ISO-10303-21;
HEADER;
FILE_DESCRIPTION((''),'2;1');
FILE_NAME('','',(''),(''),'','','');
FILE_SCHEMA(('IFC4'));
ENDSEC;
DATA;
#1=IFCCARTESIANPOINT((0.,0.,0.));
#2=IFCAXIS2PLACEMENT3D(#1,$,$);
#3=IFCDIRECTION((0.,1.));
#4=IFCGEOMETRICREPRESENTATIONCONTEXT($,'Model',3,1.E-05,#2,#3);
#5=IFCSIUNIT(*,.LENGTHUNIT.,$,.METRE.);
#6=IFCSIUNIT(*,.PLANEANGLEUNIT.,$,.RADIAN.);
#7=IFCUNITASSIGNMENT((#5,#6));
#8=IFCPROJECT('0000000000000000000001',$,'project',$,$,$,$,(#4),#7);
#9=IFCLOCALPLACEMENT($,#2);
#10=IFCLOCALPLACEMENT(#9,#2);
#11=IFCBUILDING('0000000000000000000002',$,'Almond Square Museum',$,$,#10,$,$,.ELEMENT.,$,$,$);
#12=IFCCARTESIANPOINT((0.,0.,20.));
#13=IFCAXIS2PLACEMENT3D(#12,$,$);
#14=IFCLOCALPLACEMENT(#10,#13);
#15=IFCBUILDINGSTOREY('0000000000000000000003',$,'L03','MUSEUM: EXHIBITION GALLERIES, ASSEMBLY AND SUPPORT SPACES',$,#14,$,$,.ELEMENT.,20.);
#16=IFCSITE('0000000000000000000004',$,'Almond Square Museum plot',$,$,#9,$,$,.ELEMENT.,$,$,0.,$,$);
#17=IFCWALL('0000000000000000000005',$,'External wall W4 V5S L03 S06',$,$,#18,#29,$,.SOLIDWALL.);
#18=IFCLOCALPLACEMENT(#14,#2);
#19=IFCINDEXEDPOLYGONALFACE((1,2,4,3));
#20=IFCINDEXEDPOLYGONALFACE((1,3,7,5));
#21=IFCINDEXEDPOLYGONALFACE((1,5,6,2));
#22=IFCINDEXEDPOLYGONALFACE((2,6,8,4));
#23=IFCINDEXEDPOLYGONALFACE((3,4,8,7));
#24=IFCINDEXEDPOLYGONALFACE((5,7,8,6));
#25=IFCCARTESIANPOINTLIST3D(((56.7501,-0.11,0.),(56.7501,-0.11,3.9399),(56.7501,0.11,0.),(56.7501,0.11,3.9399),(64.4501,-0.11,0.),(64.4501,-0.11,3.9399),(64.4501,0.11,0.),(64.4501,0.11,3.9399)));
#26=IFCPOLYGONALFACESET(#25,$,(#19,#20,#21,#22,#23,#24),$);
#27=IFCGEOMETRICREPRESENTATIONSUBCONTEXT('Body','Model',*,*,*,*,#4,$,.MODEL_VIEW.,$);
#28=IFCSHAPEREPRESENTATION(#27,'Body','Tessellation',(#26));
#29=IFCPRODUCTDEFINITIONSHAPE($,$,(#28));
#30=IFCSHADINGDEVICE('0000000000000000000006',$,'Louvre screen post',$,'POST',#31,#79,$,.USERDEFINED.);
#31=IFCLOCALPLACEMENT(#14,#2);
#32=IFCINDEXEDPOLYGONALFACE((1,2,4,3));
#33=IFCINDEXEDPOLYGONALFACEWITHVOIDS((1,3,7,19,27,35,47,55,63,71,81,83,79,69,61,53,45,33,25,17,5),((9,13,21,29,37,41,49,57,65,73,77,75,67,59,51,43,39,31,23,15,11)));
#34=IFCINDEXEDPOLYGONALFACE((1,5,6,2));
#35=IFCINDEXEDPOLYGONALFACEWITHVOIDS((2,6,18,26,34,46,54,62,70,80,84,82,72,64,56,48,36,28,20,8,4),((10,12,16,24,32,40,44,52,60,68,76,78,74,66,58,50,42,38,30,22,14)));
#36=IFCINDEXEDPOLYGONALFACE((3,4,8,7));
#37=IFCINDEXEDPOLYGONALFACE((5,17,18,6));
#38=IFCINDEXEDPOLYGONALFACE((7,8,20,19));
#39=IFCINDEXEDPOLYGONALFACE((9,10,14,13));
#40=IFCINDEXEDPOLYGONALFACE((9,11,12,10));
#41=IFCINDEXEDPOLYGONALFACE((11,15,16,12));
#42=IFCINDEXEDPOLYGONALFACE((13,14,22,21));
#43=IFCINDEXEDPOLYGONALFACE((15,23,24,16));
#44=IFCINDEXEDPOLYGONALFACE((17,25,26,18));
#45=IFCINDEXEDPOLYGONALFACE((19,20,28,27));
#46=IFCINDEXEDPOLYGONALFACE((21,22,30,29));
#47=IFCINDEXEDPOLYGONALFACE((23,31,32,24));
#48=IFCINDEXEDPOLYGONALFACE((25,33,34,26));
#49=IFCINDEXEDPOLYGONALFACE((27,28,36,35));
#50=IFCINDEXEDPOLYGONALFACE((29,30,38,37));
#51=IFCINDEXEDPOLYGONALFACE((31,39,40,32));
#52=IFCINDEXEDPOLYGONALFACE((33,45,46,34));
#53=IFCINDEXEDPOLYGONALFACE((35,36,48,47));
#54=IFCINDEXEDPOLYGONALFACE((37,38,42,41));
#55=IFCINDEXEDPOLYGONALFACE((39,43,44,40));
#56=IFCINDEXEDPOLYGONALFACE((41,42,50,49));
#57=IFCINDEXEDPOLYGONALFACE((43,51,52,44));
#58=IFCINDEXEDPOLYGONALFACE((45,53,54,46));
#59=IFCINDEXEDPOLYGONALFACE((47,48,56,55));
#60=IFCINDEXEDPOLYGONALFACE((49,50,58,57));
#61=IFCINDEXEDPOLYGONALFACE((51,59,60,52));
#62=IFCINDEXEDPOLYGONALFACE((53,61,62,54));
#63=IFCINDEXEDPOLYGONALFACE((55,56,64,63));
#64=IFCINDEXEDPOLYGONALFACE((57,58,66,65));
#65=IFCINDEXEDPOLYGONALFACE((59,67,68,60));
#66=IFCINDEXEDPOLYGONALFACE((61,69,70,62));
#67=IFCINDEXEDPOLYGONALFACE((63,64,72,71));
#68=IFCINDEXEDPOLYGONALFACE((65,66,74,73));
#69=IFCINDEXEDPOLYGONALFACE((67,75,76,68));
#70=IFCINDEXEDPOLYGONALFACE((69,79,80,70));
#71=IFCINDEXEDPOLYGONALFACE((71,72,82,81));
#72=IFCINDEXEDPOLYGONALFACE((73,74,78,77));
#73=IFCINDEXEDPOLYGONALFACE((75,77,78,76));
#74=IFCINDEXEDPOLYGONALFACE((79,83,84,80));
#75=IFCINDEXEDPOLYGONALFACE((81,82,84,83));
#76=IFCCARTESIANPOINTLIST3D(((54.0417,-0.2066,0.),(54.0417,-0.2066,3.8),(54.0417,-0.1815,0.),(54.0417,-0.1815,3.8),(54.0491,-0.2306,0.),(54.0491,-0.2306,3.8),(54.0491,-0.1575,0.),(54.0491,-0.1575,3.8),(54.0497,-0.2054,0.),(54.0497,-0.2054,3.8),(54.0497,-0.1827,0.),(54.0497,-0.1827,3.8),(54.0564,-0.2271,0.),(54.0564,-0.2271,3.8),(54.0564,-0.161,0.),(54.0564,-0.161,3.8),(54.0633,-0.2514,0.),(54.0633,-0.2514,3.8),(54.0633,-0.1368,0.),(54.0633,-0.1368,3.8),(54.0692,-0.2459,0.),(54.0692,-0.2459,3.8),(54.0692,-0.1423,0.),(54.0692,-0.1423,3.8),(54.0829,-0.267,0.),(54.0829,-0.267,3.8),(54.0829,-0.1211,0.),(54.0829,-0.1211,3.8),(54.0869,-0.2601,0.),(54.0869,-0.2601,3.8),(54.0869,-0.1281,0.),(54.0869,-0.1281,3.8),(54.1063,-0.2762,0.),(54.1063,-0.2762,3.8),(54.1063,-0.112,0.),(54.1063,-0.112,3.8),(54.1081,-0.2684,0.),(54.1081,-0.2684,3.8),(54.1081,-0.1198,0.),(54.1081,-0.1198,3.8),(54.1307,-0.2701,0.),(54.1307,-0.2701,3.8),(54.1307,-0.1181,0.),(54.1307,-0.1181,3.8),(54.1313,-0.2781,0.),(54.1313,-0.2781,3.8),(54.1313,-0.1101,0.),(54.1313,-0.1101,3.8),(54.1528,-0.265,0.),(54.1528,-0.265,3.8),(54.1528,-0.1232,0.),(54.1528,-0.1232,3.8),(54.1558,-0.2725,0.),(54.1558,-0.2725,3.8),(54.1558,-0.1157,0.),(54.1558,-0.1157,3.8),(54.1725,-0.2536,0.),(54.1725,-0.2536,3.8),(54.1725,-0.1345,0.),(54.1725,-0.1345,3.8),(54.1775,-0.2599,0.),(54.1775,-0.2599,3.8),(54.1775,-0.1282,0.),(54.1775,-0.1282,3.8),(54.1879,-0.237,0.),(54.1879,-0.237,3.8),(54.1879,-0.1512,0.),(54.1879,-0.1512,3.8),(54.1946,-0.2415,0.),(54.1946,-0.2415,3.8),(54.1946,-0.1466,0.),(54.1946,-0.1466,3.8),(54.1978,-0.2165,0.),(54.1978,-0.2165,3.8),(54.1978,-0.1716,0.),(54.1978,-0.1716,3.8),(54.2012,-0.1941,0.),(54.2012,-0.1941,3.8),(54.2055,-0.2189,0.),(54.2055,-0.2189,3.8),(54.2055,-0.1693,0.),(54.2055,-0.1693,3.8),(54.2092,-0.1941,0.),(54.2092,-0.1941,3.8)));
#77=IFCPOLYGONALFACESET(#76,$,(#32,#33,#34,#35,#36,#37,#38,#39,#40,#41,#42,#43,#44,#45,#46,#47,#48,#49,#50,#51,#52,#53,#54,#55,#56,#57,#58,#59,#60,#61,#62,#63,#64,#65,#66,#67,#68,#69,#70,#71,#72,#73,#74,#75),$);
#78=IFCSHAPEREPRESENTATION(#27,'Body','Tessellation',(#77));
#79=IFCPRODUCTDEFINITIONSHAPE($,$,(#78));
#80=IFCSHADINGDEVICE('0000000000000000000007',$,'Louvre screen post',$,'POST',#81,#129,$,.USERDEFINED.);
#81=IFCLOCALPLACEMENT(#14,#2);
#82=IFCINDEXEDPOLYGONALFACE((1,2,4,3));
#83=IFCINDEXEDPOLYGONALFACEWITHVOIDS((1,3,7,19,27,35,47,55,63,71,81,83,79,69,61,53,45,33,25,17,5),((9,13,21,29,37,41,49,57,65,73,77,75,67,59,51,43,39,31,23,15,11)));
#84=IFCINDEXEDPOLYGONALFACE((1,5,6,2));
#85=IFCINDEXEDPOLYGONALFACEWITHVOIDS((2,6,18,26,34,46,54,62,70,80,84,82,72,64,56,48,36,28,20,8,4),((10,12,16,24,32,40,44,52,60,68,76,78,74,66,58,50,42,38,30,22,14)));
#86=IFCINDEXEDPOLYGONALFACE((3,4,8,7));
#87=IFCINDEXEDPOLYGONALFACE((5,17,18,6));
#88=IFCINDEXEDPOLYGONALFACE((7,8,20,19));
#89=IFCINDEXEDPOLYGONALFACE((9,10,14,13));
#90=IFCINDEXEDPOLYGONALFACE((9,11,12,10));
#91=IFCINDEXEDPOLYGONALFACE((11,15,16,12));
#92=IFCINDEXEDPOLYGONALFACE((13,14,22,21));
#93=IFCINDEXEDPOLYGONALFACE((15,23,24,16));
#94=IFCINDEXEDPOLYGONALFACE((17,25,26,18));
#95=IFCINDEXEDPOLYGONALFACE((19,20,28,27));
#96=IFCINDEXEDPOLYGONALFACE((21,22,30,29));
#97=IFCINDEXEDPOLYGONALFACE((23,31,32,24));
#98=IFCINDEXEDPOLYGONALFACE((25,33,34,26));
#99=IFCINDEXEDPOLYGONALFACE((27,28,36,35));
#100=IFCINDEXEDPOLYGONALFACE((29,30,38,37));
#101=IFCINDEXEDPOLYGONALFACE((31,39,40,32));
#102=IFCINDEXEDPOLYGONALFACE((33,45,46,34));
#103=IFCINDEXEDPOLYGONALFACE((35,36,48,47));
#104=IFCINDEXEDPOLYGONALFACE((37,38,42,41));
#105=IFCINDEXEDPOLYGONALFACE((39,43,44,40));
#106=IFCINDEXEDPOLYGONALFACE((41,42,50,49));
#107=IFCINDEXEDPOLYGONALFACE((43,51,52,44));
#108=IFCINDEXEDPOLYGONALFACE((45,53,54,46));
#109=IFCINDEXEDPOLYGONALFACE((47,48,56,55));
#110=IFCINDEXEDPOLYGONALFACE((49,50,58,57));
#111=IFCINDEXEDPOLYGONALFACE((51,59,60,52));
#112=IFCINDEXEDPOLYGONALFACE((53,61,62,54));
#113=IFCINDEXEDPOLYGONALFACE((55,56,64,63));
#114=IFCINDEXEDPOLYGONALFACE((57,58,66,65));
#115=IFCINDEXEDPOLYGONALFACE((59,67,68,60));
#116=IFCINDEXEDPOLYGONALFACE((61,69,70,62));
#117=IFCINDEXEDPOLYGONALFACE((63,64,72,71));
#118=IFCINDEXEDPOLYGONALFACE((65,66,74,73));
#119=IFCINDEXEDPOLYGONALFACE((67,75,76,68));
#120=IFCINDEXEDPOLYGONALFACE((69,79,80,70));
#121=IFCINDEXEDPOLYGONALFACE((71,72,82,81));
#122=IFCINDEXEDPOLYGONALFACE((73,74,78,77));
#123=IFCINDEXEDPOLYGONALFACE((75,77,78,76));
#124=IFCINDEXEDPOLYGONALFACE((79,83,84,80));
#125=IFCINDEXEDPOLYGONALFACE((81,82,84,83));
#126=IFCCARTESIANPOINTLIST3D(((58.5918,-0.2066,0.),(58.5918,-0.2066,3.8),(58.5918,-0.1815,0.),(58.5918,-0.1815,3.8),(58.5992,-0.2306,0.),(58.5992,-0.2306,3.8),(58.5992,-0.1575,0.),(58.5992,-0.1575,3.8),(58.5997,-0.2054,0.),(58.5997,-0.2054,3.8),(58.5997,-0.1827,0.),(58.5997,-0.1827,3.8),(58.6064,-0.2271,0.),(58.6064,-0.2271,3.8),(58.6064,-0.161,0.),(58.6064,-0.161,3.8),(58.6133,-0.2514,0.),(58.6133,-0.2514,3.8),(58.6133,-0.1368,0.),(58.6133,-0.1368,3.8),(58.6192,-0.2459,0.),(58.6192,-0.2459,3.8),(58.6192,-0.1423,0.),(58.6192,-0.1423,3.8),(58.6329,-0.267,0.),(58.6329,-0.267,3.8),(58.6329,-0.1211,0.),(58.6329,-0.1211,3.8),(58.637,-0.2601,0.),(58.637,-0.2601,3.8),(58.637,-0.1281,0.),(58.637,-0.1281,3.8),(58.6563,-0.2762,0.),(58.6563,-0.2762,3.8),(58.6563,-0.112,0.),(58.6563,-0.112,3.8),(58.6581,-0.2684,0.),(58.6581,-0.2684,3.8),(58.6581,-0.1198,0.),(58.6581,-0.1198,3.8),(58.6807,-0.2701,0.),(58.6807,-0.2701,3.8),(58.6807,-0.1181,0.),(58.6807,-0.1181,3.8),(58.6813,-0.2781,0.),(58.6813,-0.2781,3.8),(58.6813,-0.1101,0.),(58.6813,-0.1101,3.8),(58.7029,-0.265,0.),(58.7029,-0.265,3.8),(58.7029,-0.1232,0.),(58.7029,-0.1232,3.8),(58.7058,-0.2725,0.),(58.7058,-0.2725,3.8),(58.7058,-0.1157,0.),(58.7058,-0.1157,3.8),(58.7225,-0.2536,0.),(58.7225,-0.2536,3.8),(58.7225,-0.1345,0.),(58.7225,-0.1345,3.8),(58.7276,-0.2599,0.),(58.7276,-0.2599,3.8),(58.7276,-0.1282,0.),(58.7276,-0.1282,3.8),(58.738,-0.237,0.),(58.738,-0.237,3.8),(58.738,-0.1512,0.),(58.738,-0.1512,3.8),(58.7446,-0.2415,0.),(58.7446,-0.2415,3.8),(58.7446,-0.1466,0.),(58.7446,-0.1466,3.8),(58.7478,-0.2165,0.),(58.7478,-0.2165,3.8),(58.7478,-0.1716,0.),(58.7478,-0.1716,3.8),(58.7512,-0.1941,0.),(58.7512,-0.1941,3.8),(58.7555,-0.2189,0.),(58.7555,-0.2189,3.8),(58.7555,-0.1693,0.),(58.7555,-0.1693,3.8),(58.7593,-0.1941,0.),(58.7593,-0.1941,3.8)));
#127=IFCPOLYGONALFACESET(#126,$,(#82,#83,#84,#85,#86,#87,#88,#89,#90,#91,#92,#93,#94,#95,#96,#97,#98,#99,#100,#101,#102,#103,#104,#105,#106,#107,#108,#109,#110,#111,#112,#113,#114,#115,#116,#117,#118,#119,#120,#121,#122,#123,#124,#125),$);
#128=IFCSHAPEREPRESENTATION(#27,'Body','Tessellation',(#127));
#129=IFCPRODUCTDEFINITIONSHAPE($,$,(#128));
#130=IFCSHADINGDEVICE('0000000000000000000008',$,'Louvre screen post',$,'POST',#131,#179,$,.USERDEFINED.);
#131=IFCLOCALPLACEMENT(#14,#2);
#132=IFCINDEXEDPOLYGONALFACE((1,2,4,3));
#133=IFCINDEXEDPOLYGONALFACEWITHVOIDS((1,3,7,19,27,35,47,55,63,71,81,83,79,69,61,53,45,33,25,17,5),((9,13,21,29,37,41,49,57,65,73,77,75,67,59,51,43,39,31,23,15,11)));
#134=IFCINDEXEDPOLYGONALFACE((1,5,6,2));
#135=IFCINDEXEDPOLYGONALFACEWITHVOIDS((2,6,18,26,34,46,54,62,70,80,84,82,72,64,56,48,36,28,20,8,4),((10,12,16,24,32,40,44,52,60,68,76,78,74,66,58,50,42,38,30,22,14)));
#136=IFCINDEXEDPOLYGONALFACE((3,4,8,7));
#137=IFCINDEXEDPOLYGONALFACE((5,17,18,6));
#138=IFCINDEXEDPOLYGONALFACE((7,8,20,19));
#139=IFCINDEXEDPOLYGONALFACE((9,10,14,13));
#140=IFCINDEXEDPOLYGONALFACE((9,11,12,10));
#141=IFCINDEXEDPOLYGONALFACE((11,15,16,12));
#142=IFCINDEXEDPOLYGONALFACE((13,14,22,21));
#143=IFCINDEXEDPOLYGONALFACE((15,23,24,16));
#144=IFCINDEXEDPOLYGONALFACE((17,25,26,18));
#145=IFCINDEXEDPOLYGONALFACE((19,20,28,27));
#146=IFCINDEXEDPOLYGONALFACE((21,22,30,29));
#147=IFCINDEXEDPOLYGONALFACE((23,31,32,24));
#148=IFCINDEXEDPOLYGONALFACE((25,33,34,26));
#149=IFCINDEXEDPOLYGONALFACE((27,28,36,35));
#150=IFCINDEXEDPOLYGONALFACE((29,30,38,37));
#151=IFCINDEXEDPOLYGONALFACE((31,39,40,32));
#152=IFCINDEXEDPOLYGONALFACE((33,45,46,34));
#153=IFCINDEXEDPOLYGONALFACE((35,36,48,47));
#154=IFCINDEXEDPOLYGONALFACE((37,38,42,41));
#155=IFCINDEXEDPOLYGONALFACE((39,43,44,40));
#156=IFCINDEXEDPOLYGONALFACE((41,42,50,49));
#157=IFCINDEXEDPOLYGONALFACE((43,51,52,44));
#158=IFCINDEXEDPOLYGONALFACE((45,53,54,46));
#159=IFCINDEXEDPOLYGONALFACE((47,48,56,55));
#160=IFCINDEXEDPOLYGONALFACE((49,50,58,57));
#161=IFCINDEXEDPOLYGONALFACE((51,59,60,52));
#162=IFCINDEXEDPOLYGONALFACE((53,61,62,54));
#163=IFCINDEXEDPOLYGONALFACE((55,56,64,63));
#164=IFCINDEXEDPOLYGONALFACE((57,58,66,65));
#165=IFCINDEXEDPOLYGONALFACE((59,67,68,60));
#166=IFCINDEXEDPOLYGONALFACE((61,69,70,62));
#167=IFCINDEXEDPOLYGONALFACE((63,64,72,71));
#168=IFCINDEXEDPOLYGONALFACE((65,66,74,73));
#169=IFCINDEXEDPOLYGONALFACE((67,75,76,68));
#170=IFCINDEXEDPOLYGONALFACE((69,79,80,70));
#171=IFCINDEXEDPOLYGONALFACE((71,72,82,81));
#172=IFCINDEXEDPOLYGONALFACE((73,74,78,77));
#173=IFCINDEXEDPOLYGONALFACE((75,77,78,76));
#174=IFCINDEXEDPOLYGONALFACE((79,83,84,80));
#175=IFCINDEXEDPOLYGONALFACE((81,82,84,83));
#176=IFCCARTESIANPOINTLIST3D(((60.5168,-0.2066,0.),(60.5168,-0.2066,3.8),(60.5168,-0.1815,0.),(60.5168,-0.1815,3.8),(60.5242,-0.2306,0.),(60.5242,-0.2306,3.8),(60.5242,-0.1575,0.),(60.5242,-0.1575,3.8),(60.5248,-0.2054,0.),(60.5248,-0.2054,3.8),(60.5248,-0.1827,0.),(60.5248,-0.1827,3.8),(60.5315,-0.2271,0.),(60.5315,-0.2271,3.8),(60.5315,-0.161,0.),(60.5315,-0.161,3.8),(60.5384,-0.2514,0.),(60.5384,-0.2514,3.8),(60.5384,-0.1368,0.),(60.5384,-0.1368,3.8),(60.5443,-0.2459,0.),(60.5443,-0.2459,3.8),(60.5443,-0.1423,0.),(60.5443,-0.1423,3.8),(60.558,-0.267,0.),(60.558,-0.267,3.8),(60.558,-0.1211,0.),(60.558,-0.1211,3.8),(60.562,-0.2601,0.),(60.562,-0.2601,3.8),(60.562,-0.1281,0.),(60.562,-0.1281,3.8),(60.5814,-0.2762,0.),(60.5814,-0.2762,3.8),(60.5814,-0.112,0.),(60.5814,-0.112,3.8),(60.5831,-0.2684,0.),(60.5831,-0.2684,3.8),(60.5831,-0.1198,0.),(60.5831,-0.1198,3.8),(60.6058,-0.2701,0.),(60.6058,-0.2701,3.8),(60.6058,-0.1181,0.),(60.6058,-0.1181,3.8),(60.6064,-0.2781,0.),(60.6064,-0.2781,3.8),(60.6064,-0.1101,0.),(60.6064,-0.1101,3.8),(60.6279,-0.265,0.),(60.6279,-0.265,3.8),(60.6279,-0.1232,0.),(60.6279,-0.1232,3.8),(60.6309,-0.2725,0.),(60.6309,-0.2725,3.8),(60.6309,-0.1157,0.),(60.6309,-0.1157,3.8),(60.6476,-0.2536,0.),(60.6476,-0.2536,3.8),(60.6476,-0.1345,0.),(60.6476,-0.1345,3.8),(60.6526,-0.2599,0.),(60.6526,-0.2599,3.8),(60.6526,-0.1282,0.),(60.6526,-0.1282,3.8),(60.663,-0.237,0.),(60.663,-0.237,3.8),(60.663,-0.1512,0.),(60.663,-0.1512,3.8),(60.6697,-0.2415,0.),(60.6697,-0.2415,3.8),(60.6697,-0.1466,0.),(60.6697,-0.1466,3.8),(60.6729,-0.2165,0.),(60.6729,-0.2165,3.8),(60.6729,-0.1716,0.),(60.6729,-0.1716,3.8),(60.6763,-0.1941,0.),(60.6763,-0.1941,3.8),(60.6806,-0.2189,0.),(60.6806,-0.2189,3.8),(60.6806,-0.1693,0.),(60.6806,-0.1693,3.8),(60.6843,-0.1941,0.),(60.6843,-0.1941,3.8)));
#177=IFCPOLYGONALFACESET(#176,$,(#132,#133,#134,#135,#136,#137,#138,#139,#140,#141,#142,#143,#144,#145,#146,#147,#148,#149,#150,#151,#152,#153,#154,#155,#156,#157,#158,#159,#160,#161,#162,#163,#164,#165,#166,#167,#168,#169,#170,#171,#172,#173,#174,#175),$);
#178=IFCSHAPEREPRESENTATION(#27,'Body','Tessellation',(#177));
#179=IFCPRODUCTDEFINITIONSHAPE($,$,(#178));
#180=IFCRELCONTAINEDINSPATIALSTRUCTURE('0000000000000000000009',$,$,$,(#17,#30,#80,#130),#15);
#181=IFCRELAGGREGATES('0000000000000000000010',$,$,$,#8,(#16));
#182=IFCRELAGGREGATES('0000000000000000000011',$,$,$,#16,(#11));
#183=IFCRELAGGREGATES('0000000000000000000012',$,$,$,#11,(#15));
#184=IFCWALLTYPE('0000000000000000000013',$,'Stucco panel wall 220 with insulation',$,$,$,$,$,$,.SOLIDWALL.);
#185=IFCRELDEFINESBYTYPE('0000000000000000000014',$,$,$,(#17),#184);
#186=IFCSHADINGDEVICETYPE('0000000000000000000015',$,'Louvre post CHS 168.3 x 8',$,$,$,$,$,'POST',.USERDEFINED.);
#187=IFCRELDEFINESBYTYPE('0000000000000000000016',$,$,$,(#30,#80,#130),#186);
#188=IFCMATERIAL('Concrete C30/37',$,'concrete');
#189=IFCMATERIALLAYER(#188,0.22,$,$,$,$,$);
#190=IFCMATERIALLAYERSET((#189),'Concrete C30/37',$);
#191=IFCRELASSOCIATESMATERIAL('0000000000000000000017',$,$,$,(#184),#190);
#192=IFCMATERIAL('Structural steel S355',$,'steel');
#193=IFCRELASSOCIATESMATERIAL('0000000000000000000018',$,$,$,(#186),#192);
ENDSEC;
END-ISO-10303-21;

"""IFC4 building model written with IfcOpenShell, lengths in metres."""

from ifc_helpers import new_model, si_unit, direction, frame, frame_2d, origin, origin_2d, place, context, subcontext, project, spatial, rectangle, hollow_circle, extrude, material, layer, layer_set, material_profile, profile_set, type_object, element, save


model = new_model("IFC4")

# Units and contexts
model_context = context("Model", 3, precision=1e-05, world=origin(), true_north=direction((0.0, 1.0)))
body_context = subcontext(model_context, "Body", "Model", "MODEL_VIEW")
ifc_project = project(units=[si_unit("LENGTHUNIT", "METRE"), si_unit("PLANEANGLEUNIT", "RADIAN")], contexts=[model_context])

# Site, building, storey
site_placement = place(None, origin())
site = spatial("IfcSite", under=ifc_project, at=site_placement, Name="Almond Square Museum plot", CompositionType="ELEMENT", RefElevation=0.0)
building_placement = place(site_placement, origin())
building = spatial("IfcBuilding", under=site, at=building_placement, Name="Almond Square Museum", CompositionType="ELEMENT")
storey_placement = place(building_placement, frame((0.0, 0.0, 20.0)))
storey = spatial("IfcBuildingStorey", under=building, at=storey_placement, Name="L03", Description="MUSEUM: EXHIBITION GALLERIES, ASSEMBLY AND SUPPORT SPACES", CompositionType="ELEMENT", Elevation=20.0)

# Wall
ifc_material_1 = material(Name="Concrete C30/37", Category="concrete")
ifc_layer_1 = layer(ifc_material_1, 0.22)
ifc_layer_set_1 = layer_set([ifc_layer_1], Name="Concrete C30/37")
wall_type_1 = type_object("IfcWallType", Name="Stucco panel wall 220 with insulation", PredefinedType="SOLIDWALL", material=ifc_layer_set_1)
wall_1_placement = place(storey_placement, frame((56.75, 0.0, 0.0), z_axis=(0.0, 0.0, 1.0), x_axis=(1.0, 0.0, 0.0)))
element("IfcWall", 1, at=wall_1_placement, inside=storey, type_object=wall_type_1, Name="External wall W4 V5S L03 S06", PredefinedType="SOLIDWALL", context=body_context, shape_type="SweptSolid", body=[
    extrude(rectangle(XDim=7.7, YDim=0.22, at=frame_2d((3.8501, 0.0))), origin(), (0.0, 0.0, 1.0), 3.9399),
])

# Shading devices
ifc_material_2 = material(Name="Structural steel S355", Category="steel")
ifc_material_profile_1 = material_profile(ifc_material_2, hollow_circle(Radius=0.0842, WallThickness=0.0081, at=origin_2d()))
ifc_profile_set_1 = profile_set([ifc_material_profile_1], Name="Structural steel S355")
shading_device_type = type_object("IfcShadingDeviceType", Name="Louvre post CHS 168.3 x 8", ElementType="POST", PredefinedType="USERDEFINED", material=ifc_profile_set_1)
for number, where, z_axis, x_axis, name in (
    (2, (54.125, -0.1941, 0.0), (0.0, 0.0, 1.0), (1.0, 0.0, 0.0), "Louvre screen post"),
    (3, (58.675, -0.1941, 0.0), (0.0, 0.0, 1.0), (1.0, 0.0, 0.0), "Louvre screen post"),
    (4, (60.6001, -0.1941, 0.0), (0.0, 0.0, 1.0), (1.0, 0.0, 0.0), "Louvre screen post"),
):
    element("IfcShadingDevice", number, at=place(storey_placement, frame(where, z_axis=z_axis, x_axis=x_axis)), inside=storey, type_object=shading_device_type, Name=name, ObjectType="POST", PredefinedType="USERDEFINED", context=body_context, shape_type="SweptSolid", body=[
        extrude(hollow_circle(Radius=0.0842, WallThickness=0.0081, at=origin_2d()), origin(), (0.0, 0.0, 1.0), 3.8),
    ])

save(model, "model.ifc")
